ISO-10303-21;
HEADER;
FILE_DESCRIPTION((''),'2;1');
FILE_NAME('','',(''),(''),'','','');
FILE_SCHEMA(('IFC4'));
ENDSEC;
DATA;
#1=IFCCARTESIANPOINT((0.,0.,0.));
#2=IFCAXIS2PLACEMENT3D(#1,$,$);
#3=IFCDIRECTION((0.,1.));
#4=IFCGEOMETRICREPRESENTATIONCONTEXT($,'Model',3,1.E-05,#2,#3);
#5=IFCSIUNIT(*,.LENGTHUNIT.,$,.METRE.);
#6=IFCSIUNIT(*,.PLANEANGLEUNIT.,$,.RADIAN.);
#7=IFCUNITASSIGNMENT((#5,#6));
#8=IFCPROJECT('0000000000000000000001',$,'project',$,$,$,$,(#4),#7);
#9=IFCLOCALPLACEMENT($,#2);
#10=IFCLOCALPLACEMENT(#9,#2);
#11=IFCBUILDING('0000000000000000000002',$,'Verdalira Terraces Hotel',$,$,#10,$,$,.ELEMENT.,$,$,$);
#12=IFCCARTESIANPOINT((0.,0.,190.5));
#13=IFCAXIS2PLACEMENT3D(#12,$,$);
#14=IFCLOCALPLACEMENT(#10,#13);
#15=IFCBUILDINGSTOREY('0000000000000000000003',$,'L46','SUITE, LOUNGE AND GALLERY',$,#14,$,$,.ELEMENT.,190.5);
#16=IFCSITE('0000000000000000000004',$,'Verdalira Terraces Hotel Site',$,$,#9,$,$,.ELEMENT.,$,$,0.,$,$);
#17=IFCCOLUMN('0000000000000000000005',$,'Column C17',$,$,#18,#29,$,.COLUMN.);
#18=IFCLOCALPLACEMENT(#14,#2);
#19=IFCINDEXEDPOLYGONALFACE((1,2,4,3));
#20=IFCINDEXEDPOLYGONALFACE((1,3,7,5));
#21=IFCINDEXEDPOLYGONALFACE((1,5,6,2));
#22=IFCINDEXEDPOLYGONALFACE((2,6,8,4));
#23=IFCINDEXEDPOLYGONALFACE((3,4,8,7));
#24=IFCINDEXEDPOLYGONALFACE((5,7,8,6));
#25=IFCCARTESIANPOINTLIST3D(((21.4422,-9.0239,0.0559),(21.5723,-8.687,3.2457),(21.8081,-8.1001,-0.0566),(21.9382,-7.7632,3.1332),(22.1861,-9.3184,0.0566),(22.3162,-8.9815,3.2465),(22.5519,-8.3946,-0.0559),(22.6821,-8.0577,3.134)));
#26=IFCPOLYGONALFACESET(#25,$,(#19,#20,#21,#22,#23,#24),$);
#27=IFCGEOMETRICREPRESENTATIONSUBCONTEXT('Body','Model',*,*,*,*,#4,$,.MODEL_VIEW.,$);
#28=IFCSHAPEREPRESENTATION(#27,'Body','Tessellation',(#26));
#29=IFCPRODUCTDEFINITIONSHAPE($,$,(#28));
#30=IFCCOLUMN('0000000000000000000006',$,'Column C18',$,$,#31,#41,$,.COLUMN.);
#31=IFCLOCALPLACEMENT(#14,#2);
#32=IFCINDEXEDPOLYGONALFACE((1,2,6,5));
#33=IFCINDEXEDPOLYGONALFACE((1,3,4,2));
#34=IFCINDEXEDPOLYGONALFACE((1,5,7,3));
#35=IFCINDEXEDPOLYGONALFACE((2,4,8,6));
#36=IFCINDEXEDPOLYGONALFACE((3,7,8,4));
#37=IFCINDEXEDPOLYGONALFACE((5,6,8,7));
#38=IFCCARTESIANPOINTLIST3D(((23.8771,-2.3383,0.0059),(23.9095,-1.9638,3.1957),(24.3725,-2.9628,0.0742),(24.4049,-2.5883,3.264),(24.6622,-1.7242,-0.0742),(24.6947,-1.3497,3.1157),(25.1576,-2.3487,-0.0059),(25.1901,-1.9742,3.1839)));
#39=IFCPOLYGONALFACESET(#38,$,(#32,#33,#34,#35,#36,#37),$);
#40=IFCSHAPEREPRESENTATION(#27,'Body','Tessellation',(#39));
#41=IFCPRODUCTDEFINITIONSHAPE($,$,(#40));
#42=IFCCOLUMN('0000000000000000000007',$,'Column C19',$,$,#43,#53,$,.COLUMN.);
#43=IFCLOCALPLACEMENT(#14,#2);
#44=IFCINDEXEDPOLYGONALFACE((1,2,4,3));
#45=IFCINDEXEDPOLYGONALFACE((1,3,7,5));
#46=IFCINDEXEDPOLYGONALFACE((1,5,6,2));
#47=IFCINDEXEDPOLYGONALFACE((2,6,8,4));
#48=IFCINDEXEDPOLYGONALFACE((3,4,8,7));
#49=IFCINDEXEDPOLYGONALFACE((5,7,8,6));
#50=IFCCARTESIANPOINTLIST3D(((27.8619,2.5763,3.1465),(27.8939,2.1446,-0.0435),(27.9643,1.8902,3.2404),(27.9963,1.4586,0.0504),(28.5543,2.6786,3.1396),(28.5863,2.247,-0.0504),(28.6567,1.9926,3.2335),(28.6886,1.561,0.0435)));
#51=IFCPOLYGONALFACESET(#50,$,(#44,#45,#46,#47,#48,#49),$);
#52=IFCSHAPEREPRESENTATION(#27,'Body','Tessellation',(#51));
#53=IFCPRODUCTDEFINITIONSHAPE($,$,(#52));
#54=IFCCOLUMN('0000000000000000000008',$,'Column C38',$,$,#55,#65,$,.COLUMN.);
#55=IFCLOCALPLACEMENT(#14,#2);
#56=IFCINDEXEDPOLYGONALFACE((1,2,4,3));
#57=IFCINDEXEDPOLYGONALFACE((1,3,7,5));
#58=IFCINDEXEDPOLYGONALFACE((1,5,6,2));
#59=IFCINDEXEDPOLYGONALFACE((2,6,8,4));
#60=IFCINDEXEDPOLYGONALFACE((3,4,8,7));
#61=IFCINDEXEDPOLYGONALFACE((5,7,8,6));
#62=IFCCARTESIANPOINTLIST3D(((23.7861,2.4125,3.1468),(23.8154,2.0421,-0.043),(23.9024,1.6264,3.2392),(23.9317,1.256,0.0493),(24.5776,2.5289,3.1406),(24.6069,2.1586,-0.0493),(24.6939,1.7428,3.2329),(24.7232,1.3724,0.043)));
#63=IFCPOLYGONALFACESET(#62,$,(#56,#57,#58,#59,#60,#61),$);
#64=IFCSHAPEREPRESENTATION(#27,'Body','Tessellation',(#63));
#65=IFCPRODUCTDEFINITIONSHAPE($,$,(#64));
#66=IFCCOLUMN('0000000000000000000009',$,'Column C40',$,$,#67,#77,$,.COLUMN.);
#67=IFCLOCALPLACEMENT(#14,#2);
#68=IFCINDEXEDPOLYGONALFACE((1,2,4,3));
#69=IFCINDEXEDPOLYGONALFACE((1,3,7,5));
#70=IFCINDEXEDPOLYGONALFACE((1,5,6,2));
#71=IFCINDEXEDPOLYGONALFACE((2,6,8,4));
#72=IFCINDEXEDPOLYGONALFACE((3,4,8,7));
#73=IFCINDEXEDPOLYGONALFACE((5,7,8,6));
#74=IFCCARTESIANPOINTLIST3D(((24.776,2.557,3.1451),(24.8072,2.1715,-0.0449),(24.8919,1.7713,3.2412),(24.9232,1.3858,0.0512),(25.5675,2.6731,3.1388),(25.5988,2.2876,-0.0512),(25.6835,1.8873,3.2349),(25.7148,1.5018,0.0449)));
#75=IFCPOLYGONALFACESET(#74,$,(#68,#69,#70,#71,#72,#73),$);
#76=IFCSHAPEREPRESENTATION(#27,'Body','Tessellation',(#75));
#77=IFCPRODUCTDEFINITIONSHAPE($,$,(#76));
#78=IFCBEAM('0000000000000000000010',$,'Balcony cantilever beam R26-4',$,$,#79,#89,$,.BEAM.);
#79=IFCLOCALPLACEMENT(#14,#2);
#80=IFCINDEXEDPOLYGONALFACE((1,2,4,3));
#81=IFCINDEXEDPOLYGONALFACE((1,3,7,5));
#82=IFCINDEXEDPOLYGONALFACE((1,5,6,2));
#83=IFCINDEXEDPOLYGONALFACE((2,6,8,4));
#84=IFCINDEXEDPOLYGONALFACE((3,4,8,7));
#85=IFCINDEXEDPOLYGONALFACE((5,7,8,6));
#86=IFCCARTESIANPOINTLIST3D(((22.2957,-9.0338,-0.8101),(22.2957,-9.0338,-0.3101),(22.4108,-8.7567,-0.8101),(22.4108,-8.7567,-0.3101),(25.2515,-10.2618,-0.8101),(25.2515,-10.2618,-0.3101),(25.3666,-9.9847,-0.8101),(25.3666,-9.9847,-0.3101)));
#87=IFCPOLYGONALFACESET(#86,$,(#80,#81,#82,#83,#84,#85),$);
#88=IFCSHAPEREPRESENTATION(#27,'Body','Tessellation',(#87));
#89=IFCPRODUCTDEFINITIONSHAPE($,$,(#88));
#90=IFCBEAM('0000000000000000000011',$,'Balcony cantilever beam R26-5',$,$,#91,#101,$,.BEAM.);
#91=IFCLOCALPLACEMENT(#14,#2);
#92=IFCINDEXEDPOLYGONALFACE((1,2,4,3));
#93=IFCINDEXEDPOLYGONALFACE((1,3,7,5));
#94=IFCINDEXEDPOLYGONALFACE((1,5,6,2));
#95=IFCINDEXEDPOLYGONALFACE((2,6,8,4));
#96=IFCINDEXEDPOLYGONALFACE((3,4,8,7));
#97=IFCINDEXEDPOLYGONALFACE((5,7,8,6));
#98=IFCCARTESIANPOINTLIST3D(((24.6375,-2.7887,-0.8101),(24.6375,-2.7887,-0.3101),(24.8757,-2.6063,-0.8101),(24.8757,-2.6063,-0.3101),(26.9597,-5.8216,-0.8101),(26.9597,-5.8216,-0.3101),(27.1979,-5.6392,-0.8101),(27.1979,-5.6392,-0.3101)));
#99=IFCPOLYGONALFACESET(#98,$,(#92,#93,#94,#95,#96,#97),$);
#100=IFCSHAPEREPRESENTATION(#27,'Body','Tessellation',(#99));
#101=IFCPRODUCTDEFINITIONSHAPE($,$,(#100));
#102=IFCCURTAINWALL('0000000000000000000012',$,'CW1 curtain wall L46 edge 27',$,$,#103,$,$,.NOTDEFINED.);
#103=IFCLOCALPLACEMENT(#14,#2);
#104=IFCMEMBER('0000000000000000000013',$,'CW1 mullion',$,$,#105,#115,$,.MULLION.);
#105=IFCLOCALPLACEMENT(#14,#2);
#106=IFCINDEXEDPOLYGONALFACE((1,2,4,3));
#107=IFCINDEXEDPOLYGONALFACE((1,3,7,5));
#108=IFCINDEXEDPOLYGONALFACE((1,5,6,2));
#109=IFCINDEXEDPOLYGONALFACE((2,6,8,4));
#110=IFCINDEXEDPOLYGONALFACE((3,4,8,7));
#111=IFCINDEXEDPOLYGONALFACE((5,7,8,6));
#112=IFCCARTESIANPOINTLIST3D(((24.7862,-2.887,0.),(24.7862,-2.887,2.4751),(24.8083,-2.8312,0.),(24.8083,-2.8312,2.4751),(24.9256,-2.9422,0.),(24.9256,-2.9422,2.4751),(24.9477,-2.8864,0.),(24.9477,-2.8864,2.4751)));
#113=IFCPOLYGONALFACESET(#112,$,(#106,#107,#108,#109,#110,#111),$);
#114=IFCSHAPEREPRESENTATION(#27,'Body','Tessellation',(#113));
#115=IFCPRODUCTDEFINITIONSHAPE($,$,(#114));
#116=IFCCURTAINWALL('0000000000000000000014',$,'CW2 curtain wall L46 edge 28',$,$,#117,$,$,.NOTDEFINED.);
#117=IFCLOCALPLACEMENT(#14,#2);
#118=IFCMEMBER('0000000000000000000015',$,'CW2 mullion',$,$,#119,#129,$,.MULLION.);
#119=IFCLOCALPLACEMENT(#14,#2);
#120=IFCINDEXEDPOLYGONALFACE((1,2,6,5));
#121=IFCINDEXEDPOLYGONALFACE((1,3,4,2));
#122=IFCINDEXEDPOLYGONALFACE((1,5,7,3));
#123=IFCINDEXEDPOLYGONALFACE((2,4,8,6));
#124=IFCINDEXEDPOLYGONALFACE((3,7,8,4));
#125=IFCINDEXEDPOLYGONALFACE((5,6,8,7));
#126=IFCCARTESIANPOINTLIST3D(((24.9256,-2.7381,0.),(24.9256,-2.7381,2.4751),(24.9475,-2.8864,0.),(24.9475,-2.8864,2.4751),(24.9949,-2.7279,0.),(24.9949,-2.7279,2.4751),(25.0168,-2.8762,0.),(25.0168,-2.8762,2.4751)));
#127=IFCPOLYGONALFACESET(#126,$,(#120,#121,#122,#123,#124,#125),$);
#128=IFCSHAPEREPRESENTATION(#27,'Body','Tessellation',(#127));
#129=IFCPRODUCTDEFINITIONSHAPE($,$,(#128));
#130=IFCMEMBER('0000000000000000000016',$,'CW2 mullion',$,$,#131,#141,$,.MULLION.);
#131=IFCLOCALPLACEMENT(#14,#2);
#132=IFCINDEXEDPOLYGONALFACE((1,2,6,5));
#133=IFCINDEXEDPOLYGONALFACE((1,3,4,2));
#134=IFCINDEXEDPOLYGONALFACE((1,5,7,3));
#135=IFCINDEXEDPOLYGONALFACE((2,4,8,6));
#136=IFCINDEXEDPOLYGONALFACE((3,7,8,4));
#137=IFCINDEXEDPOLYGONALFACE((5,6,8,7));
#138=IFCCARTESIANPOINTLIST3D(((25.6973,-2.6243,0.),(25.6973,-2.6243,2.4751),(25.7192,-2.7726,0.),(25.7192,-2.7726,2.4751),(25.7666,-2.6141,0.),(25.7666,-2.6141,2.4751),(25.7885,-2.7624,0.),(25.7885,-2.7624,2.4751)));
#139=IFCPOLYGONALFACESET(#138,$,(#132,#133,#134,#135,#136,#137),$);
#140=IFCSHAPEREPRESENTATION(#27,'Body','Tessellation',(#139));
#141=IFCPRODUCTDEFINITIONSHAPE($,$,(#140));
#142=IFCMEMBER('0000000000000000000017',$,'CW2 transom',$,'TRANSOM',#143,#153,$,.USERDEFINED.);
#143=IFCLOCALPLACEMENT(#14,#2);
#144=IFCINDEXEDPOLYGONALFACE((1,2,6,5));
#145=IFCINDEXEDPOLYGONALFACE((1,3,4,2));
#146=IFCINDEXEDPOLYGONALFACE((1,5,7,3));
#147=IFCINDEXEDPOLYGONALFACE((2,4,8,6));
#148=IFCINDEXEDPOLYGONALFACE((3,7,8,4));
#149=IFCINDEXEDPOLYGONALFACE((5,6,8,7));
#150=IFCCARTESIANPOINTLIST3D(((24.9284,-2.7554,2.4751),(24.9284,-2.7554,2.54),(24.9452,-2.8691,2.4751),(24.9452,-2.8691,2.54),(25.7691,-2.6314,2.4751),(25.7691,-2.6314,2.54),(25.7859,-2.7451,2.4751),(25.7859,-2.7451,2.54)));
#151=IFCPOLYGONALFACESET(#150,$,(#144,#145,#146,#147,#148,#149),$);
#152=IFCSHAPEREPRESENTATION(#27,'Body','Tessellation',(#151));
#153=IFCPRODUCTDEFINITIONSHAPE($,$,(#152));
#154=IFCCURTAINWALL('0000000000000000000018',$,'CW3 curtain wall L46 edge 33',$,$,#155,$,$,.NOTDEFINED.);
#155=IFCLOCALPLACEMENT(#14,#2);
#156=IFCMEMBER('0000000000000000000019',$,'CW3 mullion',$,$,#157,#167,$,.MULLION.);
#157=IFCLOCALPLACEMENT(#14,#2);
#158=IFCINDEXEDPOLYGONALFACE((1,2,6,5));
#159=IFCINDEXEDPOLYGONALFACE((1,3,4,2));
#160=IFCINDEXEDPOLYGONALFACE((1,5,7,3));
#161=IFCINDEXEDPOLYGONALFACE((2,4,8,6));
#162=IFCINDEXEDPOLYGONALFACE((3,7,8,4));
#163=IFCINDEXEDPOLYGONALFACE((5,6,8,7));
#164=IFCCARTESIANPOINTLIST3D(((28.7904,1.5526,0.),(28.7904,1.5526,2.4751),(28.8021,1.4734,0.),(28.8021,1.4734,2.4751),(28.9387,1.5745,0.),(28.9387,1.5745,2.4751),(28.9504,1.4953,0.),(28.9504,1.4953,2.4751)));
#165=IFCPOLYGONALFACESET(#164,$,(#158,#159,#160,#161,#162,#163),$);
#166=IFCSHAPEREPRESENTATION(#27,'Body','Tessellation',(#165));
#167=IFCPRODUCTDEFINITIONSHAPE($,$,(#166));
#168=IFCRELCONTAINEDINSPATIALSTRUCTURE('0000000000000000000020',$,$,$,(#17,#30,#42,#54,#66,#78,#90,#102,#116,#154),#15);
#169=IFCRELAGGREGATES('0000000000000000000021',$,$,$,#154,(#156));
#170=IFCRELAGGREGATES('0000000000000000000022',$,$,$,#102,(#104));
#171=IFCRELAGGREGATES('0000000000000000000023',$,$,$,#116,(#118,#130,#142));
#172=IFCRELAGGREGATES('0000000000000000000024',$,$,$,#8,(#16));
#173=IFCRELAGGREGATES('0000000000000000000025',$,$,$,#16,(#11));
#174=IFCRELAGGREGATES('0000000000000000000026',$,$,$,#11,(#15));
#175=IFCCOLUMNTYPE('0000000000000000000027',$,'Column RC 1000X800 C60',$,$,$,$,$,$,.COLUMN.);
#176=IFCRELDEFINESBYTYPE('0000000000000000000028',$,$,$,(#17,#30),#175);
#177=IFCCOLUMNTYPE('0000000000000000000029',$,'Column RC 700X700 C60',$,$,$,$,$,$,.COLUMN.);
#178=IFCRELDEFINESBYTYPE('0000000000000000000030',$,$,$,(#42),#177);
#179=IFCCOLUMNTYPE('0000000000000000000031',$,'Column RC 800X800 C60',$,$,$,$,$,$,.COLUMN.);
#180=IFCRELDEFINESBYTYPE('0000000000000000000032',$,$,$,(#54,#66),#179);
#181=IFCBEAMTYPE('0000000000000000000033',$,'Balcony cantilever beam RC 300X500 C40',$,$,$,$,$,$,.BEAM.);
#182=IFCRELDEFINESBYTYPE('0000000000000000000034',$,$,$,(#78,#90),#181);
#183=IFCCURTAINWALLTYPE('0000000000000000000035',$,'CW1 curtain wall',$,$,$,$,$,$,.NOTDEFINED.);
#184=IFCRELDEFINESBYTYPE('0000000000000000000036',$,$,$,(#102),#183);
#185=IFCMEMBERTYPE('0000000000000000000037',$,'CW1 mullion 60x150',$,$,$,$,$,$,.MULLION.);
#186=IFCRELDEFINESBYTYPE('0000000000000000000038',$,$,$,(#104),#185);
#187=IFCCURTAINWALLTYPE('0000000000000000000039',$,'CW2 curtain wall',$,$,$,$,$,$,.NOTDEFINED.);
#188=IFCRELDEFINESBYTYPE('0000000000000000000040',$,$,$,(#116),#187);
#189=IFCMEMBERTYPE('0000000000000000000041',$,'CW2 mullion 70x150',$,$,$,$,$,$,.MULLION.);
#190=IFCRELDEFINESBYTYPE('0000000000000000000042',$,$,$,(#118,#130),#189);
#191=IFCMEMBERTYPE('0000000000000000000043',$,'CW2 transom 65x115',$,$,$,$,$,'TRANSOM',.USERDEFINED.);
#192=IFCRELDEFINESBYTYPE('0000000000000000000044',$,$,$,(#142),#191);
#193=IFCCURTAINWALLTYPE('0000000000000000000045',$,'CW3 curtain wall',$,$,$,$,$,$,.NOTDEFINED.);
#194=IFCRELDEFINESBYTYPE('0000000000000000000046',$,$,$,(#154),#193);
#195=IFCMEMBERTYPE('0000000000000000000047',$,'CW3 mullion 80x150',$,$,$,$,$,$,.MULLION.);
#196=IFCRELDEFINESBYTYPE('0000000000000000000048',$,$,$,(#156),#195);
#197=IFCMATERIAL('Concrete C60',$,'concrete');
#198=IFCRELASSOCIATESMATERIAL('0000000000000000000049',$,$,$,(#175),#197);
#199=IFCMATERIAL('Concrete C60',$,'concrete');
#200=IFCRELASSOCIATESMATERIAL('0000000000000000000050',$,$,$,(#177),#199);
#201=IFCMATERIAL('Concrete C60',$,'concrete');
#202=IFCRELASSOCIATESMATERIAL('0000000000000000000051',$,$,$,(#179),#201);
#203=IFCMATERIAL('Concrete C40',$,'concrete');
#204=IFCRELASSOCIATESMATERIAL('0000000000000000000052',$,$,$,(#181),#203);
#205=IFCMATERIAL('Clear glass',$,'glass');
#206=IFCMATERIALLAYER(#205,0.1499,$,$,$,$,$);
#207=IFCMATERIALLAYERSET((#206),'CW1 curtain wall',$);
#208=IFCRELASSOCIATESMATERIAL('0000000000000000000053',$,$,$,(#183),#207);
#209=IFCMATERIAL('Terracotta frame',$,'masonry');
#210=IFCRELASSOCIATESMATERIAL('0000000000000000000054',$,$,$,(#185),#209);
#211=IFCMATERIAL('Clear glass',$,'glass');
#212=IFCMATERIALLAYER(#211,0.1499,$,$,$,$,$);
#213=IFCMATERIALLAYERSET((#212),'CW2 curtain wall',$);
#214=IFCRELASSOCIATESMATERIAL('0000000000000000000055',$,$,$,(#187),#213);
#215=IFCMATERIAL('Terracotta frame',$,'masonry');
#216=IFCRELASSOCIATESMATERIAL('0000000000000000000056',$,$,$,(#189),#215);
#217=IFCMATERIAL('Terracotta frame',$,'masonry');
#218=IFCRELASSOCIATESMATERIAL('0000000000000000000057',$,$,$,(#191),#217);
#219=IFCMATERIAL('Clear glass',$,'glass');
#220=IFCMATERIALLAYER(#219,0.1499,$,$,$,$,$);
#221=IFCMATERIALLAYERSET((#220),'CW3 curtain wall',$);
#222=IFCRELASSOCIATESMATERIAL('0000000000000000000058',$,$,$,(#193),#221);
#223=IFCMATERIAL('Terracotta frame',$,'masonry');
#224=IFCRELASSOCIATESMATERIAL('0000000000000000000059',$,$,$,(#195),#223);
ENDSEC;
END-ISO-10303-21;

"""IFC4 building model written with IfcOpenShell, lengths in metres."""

from ifc_helpers import new_model, si_unit, direction, frame, origin, origin_2d, place, context, subcontext, project, spatial, rectangle, extrude, material, layer, layer_set, material_profile, profile_set, type_object, element, aggregate, save


model = new_model("IFC4")

# Units and contexts
model_context = context("Model", 3, precision=1e-05, world=origin(), true_north=direction((0.0, 1.0)))
body_context = subcontext(model_context, "Body", "Model", "MODEL_VIEW")
ifc_project = project(units=[si_unit("LENGTHUNIT", "METRE"), si_unit("PLANEANGLEUNIT", "RADIAN")], contexts=[model_context])

# Site, building, storey
site_placement = place(None, origin())
site = spatial("IfcSite", under=ifc_project, at=site_placement, Name="Verdalira Terraces Hotel Site", CompositionType="ELEMENT", RefElevation=0.0)
building_placement = place(site_placement, origin())
building = spatial("IfcBuilding", under=site, at=building_placement, Name="Verdalira Terraces Hotel", CompositionType="ELEMENT")
storey_placement = place(building_placement, frame((0.0, 0.0, 190.5)))
storey = spatial("IfcBuildingStorey", under=building, at=storey_placement, Name="L46", Description="SUITE, LOUNGE AND GALLERY", CompositionType="ELEMENT", Elevation=190.5)

# Columns
ifc_material_1 = material(Name="Concrete C60", Category="concrete")
ifc_material_profile_1 = material_profile(ifc_material_1, rectangle(XDim=1.0, YDim=0.8, at=origin_2d()), Name="RC 1000X800")
ifc_profile_set_1 = profile_set([ifc_material_profile_1], Name="Concrete C60")
column_type_1 = type_object("IfcColumnType", Name="Column RC 1000X800 C60", PredefinedType="COLUMN", material=ifc_profile_set_1)
column_1_placement = place(storey_placement, frame((21.9971, -8.7092, 0.0), z_axis=(0.040534, 0.104947, 0.993651), x_axis=(0.365858, 0.923846, -0.112499)))
element("IfcColumn", 1, at=column_1_placement, inside=storey, type_object=column_type_1, Name="Column C17", PredefinedType="COLUMN", context=body_context, shape_type="SweptSolid", body=[
    extrude(rectangle(XDim=1.0, YDim=0.8, at=origin_2d()), origin(), (0.0, 0.0, 1.0), 3.2102),
])
column_2_placement = place(storey_placement, frame((24.5173, -2.3435, 0.0), z_axis=(0.010109, 0.116597, 0.993128), x_axis=(-0.785152, -0.614103, 0.08009)))
element("IfcColumn", 2, at=column_2_placement, inside=storey, type_object=column_type_1, Name="Column C18", PredefinedType="COLUMN", context=body_context, shape_type="SweptSolid", body=[
    extrude(rectangle(XDim=1.0, YDim=0.8, at=origin_2d()), origin(), (0.0, 0.0, 1.0), 3.2119),
])
ifc_material_2 = material(Name="Concrete C60", Category="concrete")
ifc_material_profile_2 = material_profile(ifc_material_2, rectangle(XDim=0.7, YDim=0.7, at=origin_2d()), Name="RC 700X700")
ifc_profile_set_2 = profile_set([ifc_material_profile_2], Name="Concrete C60")
column_type_2 = type_object("IfcColumnType", Name="Column RC 700X700 C60", PredefinedType="COLUMN", material=ifc_profile_set_2)
column_3_placement = place(storey_placement, frame((28.2913, 1.8528, 0.0), z_axis=(-0.009935, 0.134084, 0.99092), x_axis=(-0.146258, 0.980117, -0.134089)))
element("IfcColumn", 3, at=column_3_placement, inside=storey, type_object=column_type_2, Name="Column C19", PredefinedType="COLUMN", context=body_context, shape_type="SweptSolid", body=[
    extrude(rectangle(XDim=0.7, YDim=0.7, at=origin_2d()), origin(), (0.0, 0.0, 1.0), 3.2192),
])
ifc_material_3 = material(Name="Concrete C60", Category="concrete")
ifc_material_profile_3 = material_profile(ifc_material_3, rectangle(XDim=0.8, YDim=0.8, at=origin_2d()), Name="RC 800X800")
ifc_profile_set_3 = profile_set([ifc_material_profile_3], Name="Concrete C60")
column_type_3 = type_object("IfcColumnType", Name="Column RC 800X800 C60", PredefinedType="COLUMN", material=ifc_profile_set_3)
column_4_placement = place(storey_placement, frame((24.2693, 1.7073, 0.0), z_axis=(-0.009122, 0.115323, 0.993286), x_axis=(0.989326, 0.14551, -0.007808)))
element("IfcColumn", 4, at=column_4_placement, inside=storey, type_object=column_type_3, Name="Column C38", PredefinedType="COLUMN", context=body_context, shape_type="SweptSolid", body=[
    extrude(rectangle(XDim=0.8, YDim=0.8, at=origin_2d()), origin(), (0.0, 0.0, 1.0), 3.2114),
])
column_5_placement = place(storey_placement, frame((25.261, 1.8367, 0.0), z_axis=(-0.009725, 0.119969, 0.99273), x_axis=(0.989391, 0.145069, -0.007839)))
element("IfcColumn", 5, at=column_5_placement, inside=storey, type_object=column_type_3, Name="Column C40", PredefinedType="COLUMN", context=body_context, shape_type="SweptSolid", body=[
    extrude(rectangle(XDim=0.8, YDim=0.8, at=origin_2d()), origin(), (0.0, 0.0, 1.0), 3.2134),
])

# Beams
ifc_material_4 = material(Name="Concrete C40", Category="concrete")
ifc_material_profile_4 = material_profile(ifc_material_4, rectangle(XDim=0.3, YDim=0.5, at=origin_2d()), Name="RC 300X500")
ifc_profile_set_4 = profile_set([ifc_material_profile_4], Name="Concrete C40")
beam_type_1 = type_object("IfcBeamType", Name="Balcony cantilever beam RC 300X500 C40", PredefinedType="BEAM", material=ifc_profile_set_4)
beam_1_placement = place(storey_placement, frame((22.3533, -8.8953, -0.5601), z_axis=(0.923471, -0.383667, 0.0), x_axis=(0.383667, 0.923471, 0.0)))
element("IfcBeam", 6, at=beam_1_placement, inside=storey, type_object=beam_type_1, Name="Balcony cantilever beam R26-4", PredefinedType="BEAM", context=body_context, shape_type="SweptSolid", body=[
    extrude(rectangle(XDim=0.3, YDim=0.5, at=origin_2d()), origin(), (0.0, 0.0, 1.0), 3.2007),
])
beam_2_placement = place(storey_placement, frame((24.7566, -2.6975, -0.5601), z_axis=(0.607936, -0.793986, 0.0), x_axis=(0.793986, 0.607936, 0.0)))
element("IfcBeam", 7, at=beam_2_placement, inside=storey, type_object=beam_type_1, Name="Balcony cantilever beam R26-5", PredefinedType="BEAM", context=body_context, shape_type="SweptSolid", body=[
    extrude(rectangle(XDim=0.3, YDim=0.5, at=origin_2d()), origin(), (0.0, 0.0, 1.0), 3.8198),
])

# Curtain wall, member
ifc_material_5 = material(Name="Clear glass", Category="glass")
ifc_layer_1 = layer(ifc_material_5, 0.1499)
ifc_layer_set_1 = layer_set([ifc_layer_1], Name="CW1 curtain wall")
curtain_wall_type_1 = type_object("IfcCurtainWallType", Name="CW1 curtain wall", PredefinedType="NOTDEFINED", material=ifc_layer_set_1)
curtain_wall_1_placement = place(storey_placement, origin())
curtain_wall_1 = element("IfcCurtainWall", 8, at=curtain_wall_1_placement, inside=storey, type_object=curtain_wall_type_1, Name="CW1 curtain wall L46 edge 27", PredefinedType="NOTDEFINED")
ifc_material_6 = material(Name="Terracotta frame", Category="masonry")
ifc_material_profile_5 = material_profile(ifc_material_6, rectangle(XDim=0.0601, YDim=0.1499, at=origin_2d()), Name="MU 60x150")
ifc_profile_set_5 = profile_set([ifc_material_profile_5], Name="Terracotta frame")
member_type_1 = type_object("IfcMemberType", Name="CW1 mullion 60x150", PredefinedType="MULLION", material=ifc_profile_set_5)
member_1_placement = place(storey_placement, frame((24.8669, -2.8867, 0.0), z_axis=(0.0, 0.0, 1.0), x_axis=(0.368125, 0.929776, 0.0)))
member_1 = element("IfcMember", 9, at=member_1_placement, type_object=member_type_1, Name="CW1 mullion", PredefinedType="MULLION", context=body_context, shape_type="SweptSolid", body=[
    extrude(rectangle(XDim=0.0601, YDim=0.1499, at=origin_2d()), origin(), (0.0, 0.0, 1.0), 2.4751),
])

# Curtain walls, members
ifc_material_7 = material(Name="Clear glass", Category="glass")
ifc_layer_2 = layer(ifc_material_7, 0.1499)
ifc_layer_set_2 = layer_set([ifc_layer_2], Name="CW2 curtain wall")
curtain_wall_type_2 = type_object("IfcCurtainWallType", Name="CW2 curtain wall", PredefinedType="NOTDEFINED", material=ifc_layer_set_2)
curtain_wall_2_placement = place(storey_placement, origin())
curtain_wall_2 = element("IfcCurtainWall", 10, at=curtain_wall_2_placement, inside=storey, type_object=curtain_wall_type_2, Name="CW2 curtain wall L46 edge 28", PredefinedType="NOTDEFINED")
ifc_material_8 = material(Name="Terracotta frame", Category="masonry")
ifc_material_profile_6 = material_profile(ifc_material_8, rectangle(XDim=0.0701, YDim=0.1499, at=origin_2d()), Name="MU 70x150")
ifc_profile_set_6 = profile_set([ifc_material_profile_6], Name="Terracotta frame")
member_type_2 = type_object("IfcMemberType", Name="CW2 mullion 70x150", PredefinedType="MULLION", material=ifc_profile_set_6)
member_2_placement = place(storey_placement, frame((24.9712, -2.8071, 0.0), z_axis=(0.0, 0.0, 1.0), x_axis=(0.989272, 0.146083, 0.0)))
member_2 = element("IfcMember", 11, at=member_2_placement, type_object=member_type_2, Name="CW2 mullion", PredefinedType="MULLION", context=body_context, shape_type="SweptSolid", body=[
    extrude(rectangle(XDim=0.0701, YDim=0.1499, at=origin_2d()), origin(), (0.0, 0.0, 1.0), 2.4751),
])
member_3_placement = place(storey_placement, frame((25.7429, -2.6934, 0.0), z_axis=(0.0, 0.0, 1.0), x_axis=(0.989272, 0.146083, 0.0)))
member_3 = element("IfcMember", 12, at=member_3_placement, type_object=member_type_2, Name="CW2 mullion", PredefinedType="MULLION", context=body_context, shape_type="SweptSolid", body=[
    extrude(rectangle(XDim=0.0701, YDim=0.1499, at=origin_2d()), origin(), (0.0, 0.0, 1.0), 2.4751),
])
ifc_material_9 = material(Name="Terracotta frame", Category="masonry")
ifc_material_profile_7 = material_profile(ifc_material_9, rectangle(XDim=0.115, YDim=0.0649, at=origin_2d()), Name="TR 65x115")
ifc_profile_set_7 = profile_set([ifc_material_profile_7], Name="Terracotta frame")
member_type_3 = type_object("IfcMemberType", Name="CW2 transom 65x115", ElementType="TRANSOM", PredefinedType="USERDEFINED", material=ifc_profile_set_7)
member_4_placement = place(storey_placement, frame((24.9368, -2.8123, 2.5076), z_axis=(0.989296, 0.145924, 0.0), x_axis=(-0.145924, 0.989296, 0.0)))
member_4 = element("IfcMember", 13, at=member_4_placement, type_object=member_type_3, Name="CW2 transom", ObjectType="TRANSOM", PredefinedType="USERDEFINED", context=body_context, shape_type="SweptSolid", body=[
    extrude(rectangle(XDim=0.115, YDim=0.0649, at=origin_2d()), origin(), (0.0, 0.0, 1.0), 0.8499),
])
ifc_material_10 = material(Name="Clear glass", Category="glass")
ifc_layer_3 = layer(ifc_material_10, 0.1499)
ifc_layer_set_3 = layer_set([ifc_layer_3], Name="CW3 curtain wall")
curtain_wall_type_3 = type_object("IfcCurtainWallType", Name="CW3 curtain wall", PredefinedType="NOTDEFINED", material=ifc_layer_set_3)
curtain_wall_3_placement = place(storey_placement, origin())
curtain_wall_3 = element("IfcCurtainWall", 14, at=curtain_wall_3_placement, inside=storey, type_object=curtain_wall_type_3, Name="CW3 curtain wall L46 edge 33", PredefinedType="NOTDEFINED")
ifc_material_11 = material(Name="Terracotta frame", Category="masonry")
ifc_material_profile_8 = material_profile(ifc_material_11, rectangle(XDim=0.0801, YDim=0.1499, at=origin_2d()), Name="MU 80x150")
ifc_profile_set_8 = profile_set([ifc_material_profile_8], Name="Terracotta frame")
member_type_4 = type_object("IfcMemberType", Name="CW3 mullion 80x150", PredefinedType="MULLION", material=ifc_profile_set_8)
member_5_placement = place(storey_placement, frame((28.8704, 1.5239, 0.0), z_axis=(0.0, 0.0, 1.0), x_axis=(-0.146083, 0.989272, 0.0)))
member_5 = element("IfcMember", 15, at=member_5_placement, type_object=member_type_4, Name="CW3 mullion", PredefinedType="MULLION", context=body_context, shape_type="SweptSolid", body=[
    extrude(rectangle(XDim=0.0801, YDim=0.1499, at=origin_2d()), origin(), (0.0, 0.0, 1.0), 2.4751),
])
aggregate(curtain_wall_3, [member_5])

aggregate(curtain_wall_1, [member_1])
aggregate(curtain_wall_2, [member_2, member_3, member_4])

save(model, "model.ifc")
